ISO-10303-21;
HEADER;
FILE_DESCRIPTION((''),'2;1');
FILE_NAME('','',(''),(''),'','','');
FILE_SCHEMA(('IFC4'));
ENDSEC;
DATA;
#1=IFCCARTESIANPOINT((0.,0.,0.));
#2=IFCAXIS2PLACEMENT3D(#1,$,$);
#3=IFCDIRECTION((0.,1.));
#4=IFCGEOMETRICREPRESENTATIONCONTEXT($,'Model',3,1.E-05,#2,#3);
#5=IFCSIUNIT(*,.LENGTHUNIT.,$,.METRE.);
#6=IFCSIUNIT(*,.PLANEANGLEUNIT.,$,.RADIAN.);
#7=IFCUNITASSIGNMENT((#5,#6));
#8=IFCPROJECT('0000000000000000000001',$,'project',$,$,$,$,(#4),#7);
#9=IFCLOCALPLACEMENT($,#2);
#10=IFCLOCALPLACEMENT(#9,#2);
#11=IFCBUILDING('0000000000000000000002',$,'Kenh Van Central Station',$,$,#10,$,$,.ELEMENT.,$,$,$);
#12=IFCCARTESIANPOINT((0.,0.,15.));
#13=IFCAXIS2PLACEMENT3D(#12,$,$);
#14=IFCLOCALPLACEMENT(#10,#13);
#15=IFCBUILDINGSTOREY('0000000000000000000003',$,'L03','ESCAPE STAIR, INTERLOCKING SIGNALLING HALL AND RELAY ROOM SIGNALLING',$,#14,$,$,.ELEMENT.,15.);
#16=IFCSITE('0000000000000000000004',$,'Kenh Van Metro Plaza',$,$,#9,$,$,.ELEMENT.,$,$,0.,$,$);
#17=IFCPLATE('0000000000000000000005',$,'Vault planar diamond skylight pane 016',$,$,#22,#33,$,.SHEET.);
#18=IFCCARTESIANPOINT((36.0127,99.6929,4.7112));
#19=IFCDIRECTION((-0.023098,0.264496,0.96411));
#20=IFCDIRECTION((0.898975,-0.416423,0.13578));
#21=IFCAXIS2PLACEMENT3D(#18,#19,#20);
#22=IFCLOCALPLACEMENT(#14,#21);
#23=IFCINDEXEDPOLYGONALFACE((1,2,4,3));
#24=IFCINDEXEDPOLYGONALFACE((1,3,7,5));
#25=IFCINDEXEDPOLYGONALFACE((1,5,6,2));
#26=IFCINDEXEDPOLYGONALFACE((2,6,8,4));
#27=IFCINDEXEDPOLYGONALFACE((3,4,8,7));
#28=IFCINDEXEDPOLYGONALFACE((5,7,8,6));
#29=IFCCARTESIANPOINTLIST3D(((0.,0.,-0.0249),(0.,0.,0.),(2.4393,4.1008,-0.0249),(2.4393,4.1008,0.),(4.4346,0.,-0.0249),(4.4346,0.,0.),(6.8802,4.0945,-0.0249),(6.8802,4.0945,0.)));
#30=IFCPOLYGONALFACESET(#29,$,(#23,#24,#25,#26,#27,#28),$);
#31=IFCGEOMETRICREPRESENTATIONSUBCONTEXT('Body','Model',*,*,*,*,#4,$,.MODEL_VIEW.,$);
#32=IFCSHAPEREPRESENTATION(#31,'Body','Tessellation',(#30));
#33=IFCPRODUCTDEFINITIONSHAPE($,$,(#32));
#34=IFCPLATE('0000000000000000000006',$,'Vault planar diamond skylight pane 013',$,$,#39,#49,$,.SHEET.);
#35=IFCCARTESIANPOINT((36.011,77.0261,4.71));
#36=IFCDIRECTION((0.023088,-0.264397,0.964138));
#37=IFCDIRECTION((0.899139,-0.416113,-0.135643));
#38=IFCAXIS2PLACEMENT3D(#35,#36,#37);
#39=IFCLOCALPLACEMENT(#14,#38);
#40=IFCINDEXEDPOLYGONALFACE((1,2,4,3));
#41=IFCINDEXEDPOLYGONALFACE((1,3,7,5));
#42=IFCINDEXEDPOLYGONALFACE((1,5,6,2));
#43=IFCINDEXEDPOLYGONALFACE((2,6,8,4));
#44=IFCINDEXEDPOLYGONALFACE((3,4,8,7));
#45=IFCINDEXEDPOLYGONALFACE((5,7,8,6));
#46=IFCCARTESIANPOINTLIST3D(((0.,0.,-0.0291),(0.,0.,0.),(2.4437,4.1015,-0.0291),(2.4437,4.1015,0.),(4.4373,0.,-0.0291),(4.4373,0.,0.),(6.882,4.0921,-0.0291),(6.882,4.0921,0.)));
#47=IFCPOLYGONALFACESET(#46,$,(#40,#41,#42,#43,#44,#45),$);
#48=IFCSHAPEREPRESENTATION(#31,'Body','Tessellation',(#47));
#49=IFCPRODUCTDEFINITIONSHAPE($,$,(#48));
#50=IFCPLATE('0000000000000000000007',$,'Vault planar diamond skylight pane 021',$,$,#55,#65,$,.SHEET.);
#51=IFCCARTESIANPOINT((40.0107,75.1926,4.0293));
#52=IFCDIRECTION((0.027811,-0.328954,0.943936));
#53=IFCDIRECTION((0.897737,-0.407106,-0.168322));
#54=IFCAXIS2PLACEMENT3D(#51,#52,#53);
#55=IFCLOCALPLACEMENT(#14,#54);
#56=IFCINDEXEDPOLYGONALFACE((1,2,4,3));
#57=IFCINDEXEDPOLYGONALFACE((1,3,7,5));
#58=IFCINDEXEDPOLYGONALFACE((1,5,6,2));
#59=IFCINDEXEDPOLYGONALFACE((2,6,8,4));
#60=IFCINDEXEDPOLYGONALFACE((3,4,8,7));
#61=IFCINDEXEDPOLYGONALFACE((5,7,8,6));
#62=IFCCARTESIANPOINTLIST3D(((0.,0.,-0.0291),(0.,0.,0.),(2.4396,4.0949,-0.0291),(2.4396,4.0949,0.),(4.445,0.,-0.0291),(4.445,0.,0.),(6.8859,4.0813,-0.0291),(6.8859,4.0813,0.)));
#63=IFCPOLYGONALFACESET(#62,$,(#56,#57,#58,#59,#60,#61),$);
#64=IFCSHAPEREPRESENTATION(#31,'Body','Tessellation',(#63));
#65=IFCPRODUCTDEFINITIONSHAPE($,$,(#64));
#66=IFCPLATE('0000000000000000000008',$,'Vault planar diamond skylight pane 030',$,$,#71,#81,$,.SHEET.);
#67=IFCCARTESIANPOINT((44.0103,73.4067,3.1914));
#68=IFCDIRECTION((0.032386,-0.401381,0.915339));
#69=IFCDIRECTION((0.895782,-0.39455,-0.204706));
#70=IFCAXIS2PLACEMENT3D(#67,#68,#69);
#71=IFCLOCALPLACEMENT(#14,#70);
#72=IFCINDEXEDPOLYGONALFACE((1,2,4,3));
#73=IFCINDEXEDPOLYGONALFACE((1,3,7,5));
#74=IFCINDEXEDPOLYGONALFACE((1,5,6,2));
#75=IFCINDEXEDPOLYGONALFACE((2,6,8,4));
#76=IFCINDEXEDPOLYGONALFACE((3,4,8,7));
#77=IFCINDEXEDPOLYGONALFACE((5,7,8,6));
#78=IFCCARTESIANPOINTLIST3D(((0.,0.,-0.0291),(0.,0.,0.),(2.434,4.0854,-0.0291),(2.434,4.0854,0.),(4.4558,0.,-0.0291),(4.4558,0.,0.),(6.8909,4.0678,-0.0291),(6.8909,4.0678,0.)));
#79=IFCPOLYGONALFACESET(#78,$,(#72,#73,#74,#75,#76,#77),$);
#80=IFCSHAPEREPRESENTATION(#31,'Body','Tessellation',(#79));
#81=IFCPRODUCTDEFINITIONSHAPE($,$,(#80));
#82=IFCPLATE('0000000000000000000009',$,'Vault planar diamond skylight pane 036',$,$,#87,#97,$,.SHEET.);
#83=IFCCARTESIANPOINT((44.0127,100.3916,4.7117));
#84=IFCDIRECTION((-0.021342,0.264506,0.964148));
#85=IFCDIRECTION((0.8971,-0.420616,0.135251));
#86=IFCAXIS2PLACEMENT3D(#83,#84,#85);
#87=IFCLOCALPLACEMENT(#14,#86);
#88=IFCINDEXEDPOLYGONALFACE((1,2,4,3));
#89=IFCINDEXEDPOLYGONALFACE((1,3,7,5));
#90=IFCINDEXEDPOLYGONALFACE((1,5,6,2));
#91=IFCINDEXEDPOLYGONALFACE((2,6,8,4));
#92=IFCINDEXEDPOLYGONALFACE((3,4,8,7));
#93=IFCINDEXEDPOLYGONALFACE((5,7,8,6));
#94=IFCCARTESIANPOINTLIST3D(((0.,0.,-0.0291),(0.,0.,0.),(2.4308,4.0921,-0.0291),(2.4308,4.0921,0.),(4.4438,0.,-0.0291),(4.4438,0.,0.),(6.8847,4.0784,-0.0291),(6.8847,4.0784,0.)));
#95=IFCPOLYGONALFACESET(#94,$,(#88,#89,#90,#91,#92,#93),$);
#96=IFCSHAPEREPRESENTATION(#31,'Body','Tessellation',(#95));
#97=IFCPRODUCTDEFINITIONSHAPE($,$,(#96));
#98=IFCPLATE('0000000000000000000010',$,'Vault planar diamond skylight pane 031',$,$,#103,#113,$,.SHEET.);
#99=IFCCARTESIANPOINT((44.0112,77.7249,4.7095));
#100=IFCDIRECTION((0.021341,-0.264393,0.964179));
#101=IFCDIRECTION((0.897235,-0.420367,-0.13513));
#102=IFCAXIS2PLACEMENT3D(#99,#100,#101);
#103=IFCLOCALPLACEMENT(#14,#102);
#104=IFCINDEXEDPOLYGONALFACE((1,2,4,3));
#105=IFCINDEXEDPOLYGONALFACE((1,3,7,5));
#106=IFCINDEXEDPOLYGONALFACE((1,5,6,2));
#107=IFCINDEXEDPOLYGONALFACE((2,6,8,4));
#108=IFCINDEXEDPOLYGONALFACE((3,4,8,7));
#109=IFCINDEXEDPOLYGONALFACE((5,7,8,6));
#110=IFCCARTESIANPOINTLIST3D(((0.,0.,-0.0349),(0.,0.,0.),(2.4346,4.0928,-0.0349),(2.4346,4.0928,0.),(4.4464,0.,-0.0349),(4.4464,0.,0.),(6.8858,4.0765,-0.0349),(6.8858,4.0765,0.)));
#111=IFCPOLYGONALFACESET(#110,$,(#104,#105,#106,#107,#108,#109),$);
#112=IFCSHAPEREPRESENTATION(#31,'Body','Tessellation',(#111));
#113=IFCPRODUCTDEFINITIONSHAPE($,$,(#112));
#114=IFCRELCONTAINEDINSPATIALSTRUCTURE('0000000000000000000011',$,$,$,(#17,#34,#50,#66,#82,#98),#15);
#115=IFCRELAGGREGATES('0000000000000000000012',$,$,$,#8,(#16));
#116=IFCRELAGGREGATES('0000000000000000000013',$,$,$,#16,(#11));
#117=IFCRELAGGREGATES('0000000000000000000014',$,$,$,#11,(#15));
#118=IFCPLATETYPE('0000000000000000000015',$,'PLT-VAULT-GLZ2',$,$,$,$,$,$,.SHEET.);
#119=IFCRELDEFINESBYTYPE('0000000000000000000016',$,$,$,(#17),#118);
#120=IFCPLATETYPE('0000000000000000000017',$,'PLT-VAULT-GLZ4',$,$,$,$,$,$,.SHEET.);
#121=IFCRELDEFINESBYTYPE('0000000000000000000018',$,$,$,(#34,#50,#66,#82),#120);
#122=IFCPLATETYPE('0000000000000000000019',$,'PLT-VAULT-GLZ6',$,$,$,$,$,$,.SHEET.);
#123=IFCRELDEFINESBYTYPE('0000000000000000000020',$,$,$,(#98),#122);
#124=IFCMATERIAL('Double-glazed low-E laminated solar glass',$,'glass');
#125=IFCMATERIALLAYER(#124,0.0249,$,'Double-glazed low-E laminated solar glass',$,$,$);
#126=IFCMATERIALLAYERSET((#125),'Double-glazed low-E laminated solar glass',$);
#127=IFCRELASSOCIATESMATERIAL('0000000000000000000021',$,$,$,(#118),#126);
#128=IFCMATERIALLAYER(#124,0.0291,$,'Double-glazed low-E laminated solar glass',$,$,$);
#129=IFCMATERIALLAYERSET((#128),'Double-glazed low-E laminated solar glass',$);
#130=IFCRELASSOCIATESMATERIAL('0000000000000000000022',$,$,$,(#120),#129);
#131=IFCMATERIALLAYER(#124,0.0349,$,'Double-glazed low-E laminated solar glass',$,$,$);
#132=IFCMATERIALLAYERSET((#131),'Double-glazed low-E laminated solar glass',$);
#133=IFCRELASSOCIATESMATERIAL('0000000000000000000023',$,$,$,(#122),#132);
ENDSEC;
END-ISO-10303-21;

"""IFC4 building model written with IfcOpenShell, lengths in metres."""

from ifc_helpers import new_model, si_unit, direction, frame, origin, place, context, subcontext, project, spatial, polyline, outline, extrude, material, layer, layer_set, type_object, element, save


model = new_model("IFC4")

# Units and contexts
model_context = context("Model", 3, precision=1e-05, world=origin(), true_north=direction((0.0, 1.0)))
body_context = subcontext(model_context, "Body", "Model", "MODEL_VIEW")
ifc_project = project(units=[si_unit("LENGTHUNIT", "METRE"), si_unit("PLANEANGLEUNIT", "RADIAN")], contexts=[model_context])

# Site, building, storey
site_placement = place(None, origin())
site = spatial("IfcSite", under=ifc_project, at=site_placement, Name="Kenh Van Metro Plaza", CompositionType="ELEMENT", RefElevation=0.0)
building_placement = place(site_placement, origin())
building = spatial("IfcBuilding", under=site, at=building_placement, Name="Kenh Van Central Station", CompositionType="ELEMENT")
storey_placement = place(building_placement, frame((0.0, 0.0, 15.0)))
storey = spatial("IfcBuildingStorey", under=building, at=storey_placement, Name="L03", Description="ESCAPE STAIR, INTERLOCKING SIGNALLING HALL AND RELAY ROOM SIGNALLING", CompositionType="ELEMENT", Elevation=15.0)

# Plates
ifc_material_1 = material(Name="Double-glazed low-E laminated solar glass", Category="glass")
ifc_layer_1 = layer(ifc_material_1, 0.0249, Name="Double-glazed low-E laminated solar glass")
ifc_layer_set_1 = layer_set([ifc_layer_1], Name="Double-glazed low-E laminated solar glass")
plate_type_1 = type_object("IfcPlateType", Name="PLT-VAULT-GLZ2", PredefinedType="SHEET", material=ifc_layer_set_1)
plate_1_placement = place(storey_placement, frame((36.0127, 99.6929, 4.7112), z_axis=(-0.023098, 0.264496, 0.96411), x_axis=(0.898975, -0.416423, 0.13578)))
element("IfcPlate", 1, at=plate_1_placement, inside=storey, type_object=plate_type_1, Name="Vault planar diamond skylight pane 016", PredefinedType="SHEET", context=body_context, shape_type="SweptSolid", body=[
    extrude(outline(polyline([(0.0, 0.0), (4.4346, 0.0), (6.8802, 4.0945), (2.4393, 4.1008), (0.0, 0.0)])), origin(), (0.0, 0.0, -1.0), 0.0249),
])
ifc_layer_2 = layer(ifc_material_1, 0.0291, Name="Double-glazed low-E laminated solar glass")
ifc_layer_set_2 = layer_set([ifc_layer_2], Name="Double-glazed low-E laminated solar glass")
plate_type_2 = type_object("IfcPlateType", Name="PLT-VAULT-GLZ4", PredefinedType="SHEET", material=ifc_layer_set_2)
plate_2_placement = place(storey_placement, frame((36.011, 77.0261, 4.71), z_axis=(0.023088, -0.264397, 0.964138), x_axis=(0.899139, -0.416113, -0.135643)))
element("IfcPlate", 2, at=plate_2_placement, inside=storey, type_object=plate_type_2, Name="Vault planar diamond skylight pane 013", PredefinedType="SHEET", context=body_context, shape_type="SweptSolid", body=[
    extrude(outline(polyline([(0.0, 0.0), (4.4373, 0.0), (6.882, 4.0921), (2.4437, 4.1015), (0.0, 0.0)])), origin(), (0.0, 0.0, -1.0), 0.0291),
])
plate_3_placement = place(storey_placement, frame((40.0107, 75.1926, 4.0293), z_axis=(0.027811, -0.328954, 0.943936), x_axis=(0.897737, -0.407106, -0.168322)))
element("IfcPlate", 3, at=plate_3_placement, inside=storey, type_object=plate_type_2, Name="Vault planar diamond skylight pane 021", PredefinedType="SHEET", context=body_context, shape_type="SweptSolid", body=[
    extrude(outline(polyline([(0.0, 0.0), (4.445, 0.0), (6.8859, 4.0813), (2.4396, 4.0949), (0.0, 0.0)])), origin(), (0.0, 0.0, -1.0), 0.0291),
])
plate_4_placement = place(storey_placement, frame((44.0103, 73.4067, 3.1914), z_axis=(0.032386, -0.401381, 0.915339), x_axis=(0.895782, -0.39455, -0.204706)))
element("IfcPlate", 4, at=plate_4_placement, inside=storey, type_object=plate_type_2, Name="Vault planar diamond skylight pane 030", PredefinedType="SHEET", context=body_context, shape_type="SweptSolid", body=[
    extrude(outline(polyline([(0.0, 0.0), (4.4558, 0.0), (6.8909, 4.0678), (2.434, 4.0854), (0.0, 0.0)])), origin(), (0.0, 0.0, -1.0), 0.0291),
])
plate_5_placement = place(storey_placement, frame((44.0127, 100.3916, 4.7117), z_axis=(-0.021342, 0.264506, 0.964148), x_axis=(0.8971, -0.420616, 0.135251)))
element("IfcPlate", 5, at=plate_5_placement, inside=storey, type_object=plate_type_2, Name="Vault planar diamond skylight pane 036", PredefinedType="SHEET", context=body_context, shape_type="SweptSolid", body=[
    extrude(outline(polyline([(0.0, 0.0), (4.4438, 0.0), (6.8847, 4.0784), (2.4308, 4.0921), (0.0, 0.0)])), origin(), (0.0, 0.0, -1.0), 0.0291),
])
ifc_layer_3 = layer(ifc_material_1, 0.0349, Name="Double-glazed low-E laminated solar glass")
ifc_layer_set_3 = layer_set([ifc_layer_3], Name="Double-glazed low-E laminated solar glass")
plate_type_3 = type_object("IfcPlateType", Name="PLT-VAULT-GLZ6", PredefinedType="SHEET", material=ifc_layer_set_3)
plate_6_placement = place(storey_placement, frame((44.0112, 77.7249, 4.7095), z_axis=(0.021341, -0.264393, 0.964179), x_axis=(0.897235, -0.420367, -0.13513)))
element("IfcPlate", 6, at=plate_6_placement, inside=storey, type_object=plate_type_3, Name="Vault planar diamond skylight pane 031", PredefinedType="SHEET", context=body_context, shape_type="SweptSolid", body=[
    extrude(outline(polyline([(0.0, 0.0), (4.4464, 0.0), (6.8858, 4.0765), (2.4346, 4.0928), (0.0, 0.0)])), origin(), (0.0, 0.0, -1.0), 0.0349),
])

save(model, "model.ifc")
